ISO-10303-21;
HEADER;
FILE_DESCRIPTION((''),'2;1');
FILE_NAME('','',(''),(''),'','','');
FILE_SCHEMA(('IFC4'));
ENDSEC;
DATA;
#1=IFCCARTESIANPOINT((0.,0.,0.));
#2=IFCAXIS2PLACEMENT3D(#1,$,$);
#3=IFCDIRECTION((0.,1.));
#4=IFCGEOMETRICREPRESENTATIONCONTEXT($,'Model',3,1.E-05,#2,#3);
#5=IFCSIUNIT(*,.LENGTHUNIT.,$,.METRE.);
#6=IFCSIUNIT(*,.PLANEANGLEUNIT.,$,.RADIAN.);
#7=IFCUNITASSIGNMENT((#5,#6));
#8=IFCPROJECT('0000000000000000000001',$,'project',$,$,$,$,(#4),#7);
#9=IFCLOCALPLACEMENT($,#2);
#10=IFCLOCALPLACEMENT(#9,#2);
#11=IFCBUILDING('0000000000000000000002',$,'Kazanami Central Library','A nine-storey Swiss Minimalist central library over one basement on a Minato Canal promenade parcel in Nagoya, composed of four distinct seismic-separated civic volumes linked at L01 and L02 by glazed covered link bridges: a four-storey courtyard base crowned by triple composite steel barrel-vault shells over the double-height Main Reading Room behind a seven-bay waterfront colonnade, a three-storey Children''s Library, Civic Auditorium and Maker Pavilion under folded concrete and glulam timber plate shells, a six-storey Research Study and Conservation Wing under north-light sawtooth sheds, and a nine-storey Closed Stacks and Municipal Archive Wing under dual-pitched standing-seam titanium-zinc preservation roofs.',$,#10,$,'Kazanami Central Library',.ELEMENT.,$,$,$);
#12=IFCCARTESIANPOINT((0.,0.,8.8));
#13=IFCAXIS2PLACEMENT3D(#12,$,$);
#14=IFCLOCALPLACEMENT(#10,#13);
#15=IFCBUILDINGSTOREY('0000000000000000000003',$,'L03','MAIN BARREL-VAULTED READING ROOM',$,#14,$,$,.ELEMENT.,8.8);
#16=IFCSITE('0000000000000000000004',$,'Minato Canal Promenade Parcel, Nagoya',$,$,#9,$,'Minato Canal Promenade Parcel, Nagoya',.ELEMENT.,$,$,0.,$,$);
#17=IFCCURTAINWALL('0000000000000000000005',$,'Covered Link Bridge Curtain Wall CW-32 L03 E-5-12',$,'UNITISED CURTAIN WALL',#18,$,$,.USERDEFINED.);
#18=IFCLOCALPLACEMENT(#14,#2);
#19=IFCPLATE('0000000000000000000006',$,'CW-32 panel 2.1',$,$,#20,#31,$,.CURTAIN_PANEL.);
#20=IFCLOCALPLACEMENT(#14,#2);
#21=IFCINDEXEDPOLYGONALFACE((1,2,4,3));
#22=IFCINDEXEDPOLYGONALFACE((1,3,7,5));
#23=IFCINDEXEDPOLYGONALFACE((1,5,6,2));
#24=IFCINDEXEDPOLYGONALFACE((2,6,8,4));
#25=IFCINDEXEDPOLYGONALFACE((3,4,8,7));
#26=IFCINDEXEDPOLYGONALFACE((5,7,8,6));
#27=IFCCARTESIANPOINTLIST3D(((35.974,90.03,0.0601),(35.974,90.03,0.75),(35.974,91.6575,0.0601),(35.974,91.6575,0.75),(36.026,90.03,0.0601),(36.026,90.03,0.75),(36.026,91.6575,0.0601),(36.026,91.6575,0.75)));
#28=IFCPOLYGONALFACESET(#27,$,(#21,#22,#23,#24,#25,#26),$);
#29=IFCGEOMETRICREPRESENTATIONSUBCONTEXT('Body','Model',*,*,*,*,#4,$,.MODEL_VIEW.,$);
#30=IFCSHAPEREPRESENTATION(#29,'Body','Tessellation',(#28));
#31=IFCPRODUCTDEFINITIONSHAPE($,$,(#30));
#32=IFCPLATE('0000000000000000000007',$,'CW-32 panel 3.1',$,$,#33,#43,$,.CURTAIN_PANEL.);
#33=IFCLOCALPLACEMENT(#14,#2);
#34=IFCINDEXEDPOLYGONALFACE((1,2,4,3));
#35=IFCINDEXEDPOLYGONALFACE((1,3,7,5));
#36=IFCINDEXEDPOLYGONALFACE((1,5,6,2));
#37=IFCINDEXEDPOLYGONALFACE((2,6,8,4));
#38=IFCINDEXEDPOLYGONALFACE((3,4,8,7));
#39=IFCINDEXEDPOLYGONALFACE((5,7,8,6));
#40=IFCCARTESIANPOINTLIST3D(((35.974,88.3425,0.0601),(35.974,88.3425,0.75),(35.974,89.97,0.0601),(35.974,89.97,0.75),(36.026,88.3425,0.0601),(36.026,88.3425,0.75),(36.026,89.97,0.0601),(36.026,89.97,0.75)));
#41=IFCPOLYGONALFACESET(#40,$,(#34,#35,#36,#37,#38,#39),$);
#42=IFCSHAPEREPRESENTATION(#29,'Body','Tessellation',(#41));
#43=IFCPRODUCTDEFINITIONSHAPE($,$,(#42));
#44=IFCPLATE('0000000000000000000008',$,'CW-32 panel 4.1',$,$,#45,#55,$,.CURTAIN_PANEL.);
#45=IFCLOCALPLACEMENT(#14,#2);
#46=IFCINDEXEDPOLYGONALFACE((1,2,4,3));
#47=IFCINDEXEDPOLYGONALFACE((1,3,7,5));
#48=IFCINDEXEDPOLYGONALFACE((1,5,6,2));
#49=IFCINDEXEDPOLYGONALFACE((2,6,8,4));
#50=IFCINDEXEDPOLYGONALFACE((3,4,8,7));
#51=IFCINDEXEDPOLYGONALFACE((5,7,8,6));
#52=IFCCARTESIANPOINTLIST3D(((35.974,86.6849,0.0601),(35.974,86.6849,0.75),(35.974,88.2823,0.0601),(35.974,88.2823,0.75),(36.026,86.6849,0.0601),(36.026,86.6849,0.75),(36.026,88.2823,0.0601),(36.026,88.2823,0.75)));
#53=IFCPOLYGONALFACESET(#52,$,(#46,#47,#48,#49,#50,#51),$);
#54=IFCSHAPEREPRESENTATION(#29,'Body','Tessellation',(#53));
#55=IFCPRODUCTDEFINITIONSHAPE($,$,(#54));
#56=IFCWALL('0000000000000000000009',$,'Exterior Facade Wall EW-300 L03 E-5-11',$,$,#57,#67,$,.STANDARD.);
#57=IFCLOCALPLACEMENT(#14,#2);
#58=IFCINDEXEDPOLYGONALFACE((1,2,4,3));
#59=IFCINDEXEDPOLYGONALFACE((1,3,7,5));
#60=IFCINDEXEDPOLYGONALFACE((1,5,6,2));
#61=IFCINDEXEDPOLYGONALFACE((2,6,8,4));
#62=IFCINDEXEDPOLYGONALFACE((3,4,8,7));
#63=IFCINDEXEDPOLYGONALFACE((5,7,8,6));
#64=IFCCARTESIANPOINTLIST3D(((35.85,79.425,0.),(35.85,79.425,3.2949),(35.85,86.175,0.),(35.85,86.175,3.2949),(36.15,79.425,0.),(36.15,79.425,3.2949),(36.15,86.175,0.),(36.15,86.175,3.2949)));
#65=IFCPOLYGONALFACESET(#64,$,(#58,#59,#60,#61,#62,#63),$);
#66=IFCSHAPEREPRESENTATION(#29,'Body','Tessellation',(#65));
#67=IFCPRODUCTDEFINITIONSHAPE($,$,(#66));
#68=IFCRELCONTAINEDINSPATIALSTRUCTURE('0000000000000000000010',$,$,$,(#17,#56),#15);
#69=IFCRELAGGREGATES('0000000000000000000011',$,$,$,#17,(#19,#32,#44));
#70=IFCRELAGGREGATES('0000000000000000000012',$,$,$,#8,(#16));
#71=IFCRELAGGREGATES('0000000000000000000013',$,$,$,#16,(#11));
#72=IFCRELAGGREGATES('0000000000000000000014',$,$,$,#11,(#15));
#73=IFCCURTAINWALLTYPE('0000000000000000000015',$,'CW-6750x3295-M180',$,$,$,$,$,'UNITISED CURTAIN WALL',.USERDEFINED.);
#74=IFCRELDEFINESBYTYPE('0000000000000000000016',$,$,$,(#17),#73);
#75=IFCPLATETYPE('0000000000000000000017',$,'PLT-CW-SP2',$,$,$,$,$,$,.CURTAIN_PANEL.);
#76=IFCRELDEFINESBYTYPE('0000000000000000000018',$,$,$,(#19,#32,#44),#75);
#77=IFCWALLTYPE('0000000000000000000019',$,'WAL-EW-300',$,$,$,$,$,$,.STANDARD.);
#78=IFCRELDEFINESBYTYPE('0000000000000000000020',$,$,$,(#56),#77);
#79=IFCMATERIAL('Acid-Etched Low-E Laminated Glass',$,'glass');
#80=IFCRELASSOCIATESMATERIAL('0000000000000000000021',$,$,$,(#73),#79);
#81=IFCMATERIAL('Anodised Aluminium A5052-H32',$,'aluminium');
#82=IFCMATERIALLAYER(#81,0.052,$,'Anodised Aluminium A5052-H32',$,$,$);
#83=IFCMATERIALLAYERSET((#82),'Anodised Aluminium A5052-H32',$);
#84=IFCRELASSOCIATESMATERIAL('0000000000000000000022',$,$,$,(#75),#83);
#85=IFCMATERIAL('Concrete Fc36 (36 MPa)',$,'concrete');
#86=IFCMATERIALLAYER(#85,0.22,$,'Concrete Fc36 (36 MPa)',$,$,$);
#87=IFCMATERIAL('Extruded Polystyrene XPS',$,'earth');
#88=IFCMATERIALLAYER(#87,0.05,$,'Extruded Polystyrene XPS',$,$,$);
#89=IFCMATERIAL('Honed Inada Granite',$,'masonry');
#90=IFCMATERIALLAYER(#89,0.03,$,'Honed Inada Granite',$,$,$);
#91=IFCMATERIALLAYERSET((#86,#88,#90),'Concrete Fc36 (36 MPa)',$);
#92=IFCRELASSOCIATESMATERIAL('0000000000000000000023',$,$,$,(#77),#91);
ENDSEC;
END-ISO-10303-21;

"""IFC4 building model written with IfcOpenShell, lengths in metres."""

from ifc_helpers import new_model, si_unit, direction, frame, frame_2d, origin, origin_2d, place, context, subcontext, project, spatial, rectangle, extrude, material, layer, layer_set, type_object, element, aggregate, save


model = new_model("IFC4")

# Units and contexts
model_context = context("Model", 3, precision=1e-05, world=origin(), true_north=direction((0.0, 1.0)))
body_context = subcontext(model_context, "Body", "Model", "MODEL_VIEW")
ifc_project = project(units=[si_unit("LENGTHUNIT", "METRE"), si_unit("PLANEANGLEUNIT", "RADIAN")], contexts=[model_context])

# Site, building, storey
site_placement = place(None, origin())
site = spatial("IfcSite", under=ifc_project, at=site_placement, Name="Minato Canal Promenade Parcel, Nagoya", LongName="Minato Canal Promenade Parcel, Nagoya", CompositionType="ELEMENT", RefElevation=0.0)
building_placement = place(site_placement, origin())
building = spatial("IfcBuilding", under=site, at=building_placement, Name="Kazanami Central Library", Description="A nine-storey Swiss Minimalist central library over one basement on a Minato Canal promenade parcel in Nagoya, composed of four distinct seismic-separated civic volumes linked at L01 and L02 by glazed covered link bridges: a four-storey courtyard base crowned by triple composite steel barrel-vault shells over the double-height Main Reading Room behind a seven-bay waterfront colonnade, a three-storey Children's Library, Civic Auditorium and Maker Pavilion under folded concrete and glulam timber plate shells, a six-storey Research Study and Conservation Wing under north-light sawtooth sheds, and a nine-storey Closed Stacks and Municipal Archive Wing under dual-pitched standing-seam titanium-zinc preservation roofs.", LongName="Kazanami Central Library", CompositionType="ELEMENT")
storey_placement = place(building_placement, frame((0.0, 0.0, 8.8)))
storey = spatial("IfcBuildingStorey", under=building, at=storey_placement, Name="L03", Description="MAIN BARREL-VAULTED READING ROOM", CompositionType="ELEMENT", Elevation=8.8)

# Shared definitions
ifc_material_1 = material(Name="Acid-Etched Low-E Laminated Glass", Category="glass")
curtain_wall_type = type_object("IfcCurtainWallType", Name="CW-6750x3295-M180", ElementType="UNITISED CURTAIN WALL", PredefinedType="USERDEFINED", material=ifc_material_1)

# Curtain wall
curtain_wall_1_placement = place(storey_placement, origin())
curtain_wall_1 = element("IfcCurtainWall", 1, at=curtain_wall_1_placement, inside=storey, type_object=curtain_wall_type, Name="Covered Link Bridge Curtain Wall CW-32 L03 E-5-12", ObjectType="UNITISED CURTAIN WALL", PredefinedType="USERDEFINED")

# Plates
ifc_material_2 = material(Name="Anodised Aluminium A5052-H32", Category="aluminium")
ifc_layer_1 = layer(ifc_material_2, 0.052, Name="Anodised Aluminium A5052-H32")
ifc_layer_set_1 = layer_set([ifc_layer_1], Name="Anodised Aluminium A5052-H32")
plate_type_1 = type_object("IfcPlateType", Name="PLT-CW-SP2", PredefinedType="CURTAIN_PANEL", material=ifc_layer_set_1)
plate_1_placement = place(storey_placement, frame((36.0, 90.8438, 0.0601), z_axis=(0.0, 0.0, 1.0), x_axis=(0.0, -1.0, 0.0)))
plate_1 = element("IfcPlate", 2, at=plate_1_placement, type_object=plate_type_1, Name="CW-32 panel 2.1", PredefinedType="CURTAIN_PANEL", context=body_context, shape_type="SweptSolid", body=[
    extrude(rectangle(XDim=1.6274, YDim=0.052, at=origin_2d()), origin(), (0.0, 0.0, 1.0), 0.6899),
])
plate_2_placement = place(storey_placement, frame((36.0, 89.1562, 0.0601), z_axis=(0.0, 0.0, 1.0), x_axis=(0.0, -1.0, 0.0)))
plate_2 = element("IfcPlate", 3, at=plate_2_placement, type_object=plate_type_1, Name="CW-32 panel 3.1", PredefinedType="CURTAIN_PANEL", context=body_context, shape_type="SweptSolid", body=[
    extrude(rectangle(XDim=1.6274, YDim=0.052, at=origin_2d()), origin(), (0.0, 0.0, 1.0), 0.6899),
])
plate_3_placement = place(storey_placement, frame((36.0, 87.4836, 0.0601), z_axis=(0.0, 0.0, 1.0), x_axis=(0.0, -1.0, 0.0)))
plate_3 = element("IfcPlate", 4, at=plate_3_placement, type_object=plate_type_1, Name="CW-32 panel 4.1", PredefinedType="CURTAIN_PANEL", context=body_context, shape_type="SweptSolid", body=[
    extrude(rectangle(XDim=1.5974, YDim=0.052, at=origin_2d()), origin(), (0.0, 0.0, 1.0), 0.6899),
])
aggregate(curtain_wall_1, [plate_1, plate_2, plate_3])

# Wall
ifc_material_3 = material(Name="Concrete Fc36 (36 MPa)", Category="concrete")
ifc_layer_2 = layer(ifc_material_3, 0.22, Name="Concrete Fc36 (36 MPa)")
ifc_material_4 = material(Name="Extruded Polystyrene XPS", Category="earth")
ifc_layer_3 = layer(ifc_material_4, 0.05, Name="Extruded Polystyrene XPS")
ifc_material_5 = material(Name="Honed Inada Granite", Category="masonry")
ifc_layer_4 = layer(ifc_material_5, 0.03, Name="Honed Inada Granite")
ifc_layer_set_2 = layer_set([ifc_layer_2, ifc_layer_3, ifc_layer_4], Name="Concrete Fc36 (36 MPa)")
wall_type = type_object("IfcWallType", Name="WAL-EW-300", PredefinedType="STANDARD", material=ifc_layer_set_2)
wall_placement = place(storey_placement, frame((36.0, 86.175, 0.0), z_axis=(0.0, 0.0, 1.0), x_axis=(0.0, -1.0, 0.0)))
element("IfcWall", 5, at=wall_placement, inside=storey, type_object=wall_type, Name="Exterior Facade Wall EW-300 L03 E-5-11", PredefinedType="STANDARD", context=body_context, shape_type="SweptSolid", body=[
    extrude(rectangle(XDim=6.75, YDim=0.3, at=frame_2d((3.375, 0.0))), origin(), (0.0, 0.0, 1.0), 3.2949),
])

save(model, "model.ifc")
